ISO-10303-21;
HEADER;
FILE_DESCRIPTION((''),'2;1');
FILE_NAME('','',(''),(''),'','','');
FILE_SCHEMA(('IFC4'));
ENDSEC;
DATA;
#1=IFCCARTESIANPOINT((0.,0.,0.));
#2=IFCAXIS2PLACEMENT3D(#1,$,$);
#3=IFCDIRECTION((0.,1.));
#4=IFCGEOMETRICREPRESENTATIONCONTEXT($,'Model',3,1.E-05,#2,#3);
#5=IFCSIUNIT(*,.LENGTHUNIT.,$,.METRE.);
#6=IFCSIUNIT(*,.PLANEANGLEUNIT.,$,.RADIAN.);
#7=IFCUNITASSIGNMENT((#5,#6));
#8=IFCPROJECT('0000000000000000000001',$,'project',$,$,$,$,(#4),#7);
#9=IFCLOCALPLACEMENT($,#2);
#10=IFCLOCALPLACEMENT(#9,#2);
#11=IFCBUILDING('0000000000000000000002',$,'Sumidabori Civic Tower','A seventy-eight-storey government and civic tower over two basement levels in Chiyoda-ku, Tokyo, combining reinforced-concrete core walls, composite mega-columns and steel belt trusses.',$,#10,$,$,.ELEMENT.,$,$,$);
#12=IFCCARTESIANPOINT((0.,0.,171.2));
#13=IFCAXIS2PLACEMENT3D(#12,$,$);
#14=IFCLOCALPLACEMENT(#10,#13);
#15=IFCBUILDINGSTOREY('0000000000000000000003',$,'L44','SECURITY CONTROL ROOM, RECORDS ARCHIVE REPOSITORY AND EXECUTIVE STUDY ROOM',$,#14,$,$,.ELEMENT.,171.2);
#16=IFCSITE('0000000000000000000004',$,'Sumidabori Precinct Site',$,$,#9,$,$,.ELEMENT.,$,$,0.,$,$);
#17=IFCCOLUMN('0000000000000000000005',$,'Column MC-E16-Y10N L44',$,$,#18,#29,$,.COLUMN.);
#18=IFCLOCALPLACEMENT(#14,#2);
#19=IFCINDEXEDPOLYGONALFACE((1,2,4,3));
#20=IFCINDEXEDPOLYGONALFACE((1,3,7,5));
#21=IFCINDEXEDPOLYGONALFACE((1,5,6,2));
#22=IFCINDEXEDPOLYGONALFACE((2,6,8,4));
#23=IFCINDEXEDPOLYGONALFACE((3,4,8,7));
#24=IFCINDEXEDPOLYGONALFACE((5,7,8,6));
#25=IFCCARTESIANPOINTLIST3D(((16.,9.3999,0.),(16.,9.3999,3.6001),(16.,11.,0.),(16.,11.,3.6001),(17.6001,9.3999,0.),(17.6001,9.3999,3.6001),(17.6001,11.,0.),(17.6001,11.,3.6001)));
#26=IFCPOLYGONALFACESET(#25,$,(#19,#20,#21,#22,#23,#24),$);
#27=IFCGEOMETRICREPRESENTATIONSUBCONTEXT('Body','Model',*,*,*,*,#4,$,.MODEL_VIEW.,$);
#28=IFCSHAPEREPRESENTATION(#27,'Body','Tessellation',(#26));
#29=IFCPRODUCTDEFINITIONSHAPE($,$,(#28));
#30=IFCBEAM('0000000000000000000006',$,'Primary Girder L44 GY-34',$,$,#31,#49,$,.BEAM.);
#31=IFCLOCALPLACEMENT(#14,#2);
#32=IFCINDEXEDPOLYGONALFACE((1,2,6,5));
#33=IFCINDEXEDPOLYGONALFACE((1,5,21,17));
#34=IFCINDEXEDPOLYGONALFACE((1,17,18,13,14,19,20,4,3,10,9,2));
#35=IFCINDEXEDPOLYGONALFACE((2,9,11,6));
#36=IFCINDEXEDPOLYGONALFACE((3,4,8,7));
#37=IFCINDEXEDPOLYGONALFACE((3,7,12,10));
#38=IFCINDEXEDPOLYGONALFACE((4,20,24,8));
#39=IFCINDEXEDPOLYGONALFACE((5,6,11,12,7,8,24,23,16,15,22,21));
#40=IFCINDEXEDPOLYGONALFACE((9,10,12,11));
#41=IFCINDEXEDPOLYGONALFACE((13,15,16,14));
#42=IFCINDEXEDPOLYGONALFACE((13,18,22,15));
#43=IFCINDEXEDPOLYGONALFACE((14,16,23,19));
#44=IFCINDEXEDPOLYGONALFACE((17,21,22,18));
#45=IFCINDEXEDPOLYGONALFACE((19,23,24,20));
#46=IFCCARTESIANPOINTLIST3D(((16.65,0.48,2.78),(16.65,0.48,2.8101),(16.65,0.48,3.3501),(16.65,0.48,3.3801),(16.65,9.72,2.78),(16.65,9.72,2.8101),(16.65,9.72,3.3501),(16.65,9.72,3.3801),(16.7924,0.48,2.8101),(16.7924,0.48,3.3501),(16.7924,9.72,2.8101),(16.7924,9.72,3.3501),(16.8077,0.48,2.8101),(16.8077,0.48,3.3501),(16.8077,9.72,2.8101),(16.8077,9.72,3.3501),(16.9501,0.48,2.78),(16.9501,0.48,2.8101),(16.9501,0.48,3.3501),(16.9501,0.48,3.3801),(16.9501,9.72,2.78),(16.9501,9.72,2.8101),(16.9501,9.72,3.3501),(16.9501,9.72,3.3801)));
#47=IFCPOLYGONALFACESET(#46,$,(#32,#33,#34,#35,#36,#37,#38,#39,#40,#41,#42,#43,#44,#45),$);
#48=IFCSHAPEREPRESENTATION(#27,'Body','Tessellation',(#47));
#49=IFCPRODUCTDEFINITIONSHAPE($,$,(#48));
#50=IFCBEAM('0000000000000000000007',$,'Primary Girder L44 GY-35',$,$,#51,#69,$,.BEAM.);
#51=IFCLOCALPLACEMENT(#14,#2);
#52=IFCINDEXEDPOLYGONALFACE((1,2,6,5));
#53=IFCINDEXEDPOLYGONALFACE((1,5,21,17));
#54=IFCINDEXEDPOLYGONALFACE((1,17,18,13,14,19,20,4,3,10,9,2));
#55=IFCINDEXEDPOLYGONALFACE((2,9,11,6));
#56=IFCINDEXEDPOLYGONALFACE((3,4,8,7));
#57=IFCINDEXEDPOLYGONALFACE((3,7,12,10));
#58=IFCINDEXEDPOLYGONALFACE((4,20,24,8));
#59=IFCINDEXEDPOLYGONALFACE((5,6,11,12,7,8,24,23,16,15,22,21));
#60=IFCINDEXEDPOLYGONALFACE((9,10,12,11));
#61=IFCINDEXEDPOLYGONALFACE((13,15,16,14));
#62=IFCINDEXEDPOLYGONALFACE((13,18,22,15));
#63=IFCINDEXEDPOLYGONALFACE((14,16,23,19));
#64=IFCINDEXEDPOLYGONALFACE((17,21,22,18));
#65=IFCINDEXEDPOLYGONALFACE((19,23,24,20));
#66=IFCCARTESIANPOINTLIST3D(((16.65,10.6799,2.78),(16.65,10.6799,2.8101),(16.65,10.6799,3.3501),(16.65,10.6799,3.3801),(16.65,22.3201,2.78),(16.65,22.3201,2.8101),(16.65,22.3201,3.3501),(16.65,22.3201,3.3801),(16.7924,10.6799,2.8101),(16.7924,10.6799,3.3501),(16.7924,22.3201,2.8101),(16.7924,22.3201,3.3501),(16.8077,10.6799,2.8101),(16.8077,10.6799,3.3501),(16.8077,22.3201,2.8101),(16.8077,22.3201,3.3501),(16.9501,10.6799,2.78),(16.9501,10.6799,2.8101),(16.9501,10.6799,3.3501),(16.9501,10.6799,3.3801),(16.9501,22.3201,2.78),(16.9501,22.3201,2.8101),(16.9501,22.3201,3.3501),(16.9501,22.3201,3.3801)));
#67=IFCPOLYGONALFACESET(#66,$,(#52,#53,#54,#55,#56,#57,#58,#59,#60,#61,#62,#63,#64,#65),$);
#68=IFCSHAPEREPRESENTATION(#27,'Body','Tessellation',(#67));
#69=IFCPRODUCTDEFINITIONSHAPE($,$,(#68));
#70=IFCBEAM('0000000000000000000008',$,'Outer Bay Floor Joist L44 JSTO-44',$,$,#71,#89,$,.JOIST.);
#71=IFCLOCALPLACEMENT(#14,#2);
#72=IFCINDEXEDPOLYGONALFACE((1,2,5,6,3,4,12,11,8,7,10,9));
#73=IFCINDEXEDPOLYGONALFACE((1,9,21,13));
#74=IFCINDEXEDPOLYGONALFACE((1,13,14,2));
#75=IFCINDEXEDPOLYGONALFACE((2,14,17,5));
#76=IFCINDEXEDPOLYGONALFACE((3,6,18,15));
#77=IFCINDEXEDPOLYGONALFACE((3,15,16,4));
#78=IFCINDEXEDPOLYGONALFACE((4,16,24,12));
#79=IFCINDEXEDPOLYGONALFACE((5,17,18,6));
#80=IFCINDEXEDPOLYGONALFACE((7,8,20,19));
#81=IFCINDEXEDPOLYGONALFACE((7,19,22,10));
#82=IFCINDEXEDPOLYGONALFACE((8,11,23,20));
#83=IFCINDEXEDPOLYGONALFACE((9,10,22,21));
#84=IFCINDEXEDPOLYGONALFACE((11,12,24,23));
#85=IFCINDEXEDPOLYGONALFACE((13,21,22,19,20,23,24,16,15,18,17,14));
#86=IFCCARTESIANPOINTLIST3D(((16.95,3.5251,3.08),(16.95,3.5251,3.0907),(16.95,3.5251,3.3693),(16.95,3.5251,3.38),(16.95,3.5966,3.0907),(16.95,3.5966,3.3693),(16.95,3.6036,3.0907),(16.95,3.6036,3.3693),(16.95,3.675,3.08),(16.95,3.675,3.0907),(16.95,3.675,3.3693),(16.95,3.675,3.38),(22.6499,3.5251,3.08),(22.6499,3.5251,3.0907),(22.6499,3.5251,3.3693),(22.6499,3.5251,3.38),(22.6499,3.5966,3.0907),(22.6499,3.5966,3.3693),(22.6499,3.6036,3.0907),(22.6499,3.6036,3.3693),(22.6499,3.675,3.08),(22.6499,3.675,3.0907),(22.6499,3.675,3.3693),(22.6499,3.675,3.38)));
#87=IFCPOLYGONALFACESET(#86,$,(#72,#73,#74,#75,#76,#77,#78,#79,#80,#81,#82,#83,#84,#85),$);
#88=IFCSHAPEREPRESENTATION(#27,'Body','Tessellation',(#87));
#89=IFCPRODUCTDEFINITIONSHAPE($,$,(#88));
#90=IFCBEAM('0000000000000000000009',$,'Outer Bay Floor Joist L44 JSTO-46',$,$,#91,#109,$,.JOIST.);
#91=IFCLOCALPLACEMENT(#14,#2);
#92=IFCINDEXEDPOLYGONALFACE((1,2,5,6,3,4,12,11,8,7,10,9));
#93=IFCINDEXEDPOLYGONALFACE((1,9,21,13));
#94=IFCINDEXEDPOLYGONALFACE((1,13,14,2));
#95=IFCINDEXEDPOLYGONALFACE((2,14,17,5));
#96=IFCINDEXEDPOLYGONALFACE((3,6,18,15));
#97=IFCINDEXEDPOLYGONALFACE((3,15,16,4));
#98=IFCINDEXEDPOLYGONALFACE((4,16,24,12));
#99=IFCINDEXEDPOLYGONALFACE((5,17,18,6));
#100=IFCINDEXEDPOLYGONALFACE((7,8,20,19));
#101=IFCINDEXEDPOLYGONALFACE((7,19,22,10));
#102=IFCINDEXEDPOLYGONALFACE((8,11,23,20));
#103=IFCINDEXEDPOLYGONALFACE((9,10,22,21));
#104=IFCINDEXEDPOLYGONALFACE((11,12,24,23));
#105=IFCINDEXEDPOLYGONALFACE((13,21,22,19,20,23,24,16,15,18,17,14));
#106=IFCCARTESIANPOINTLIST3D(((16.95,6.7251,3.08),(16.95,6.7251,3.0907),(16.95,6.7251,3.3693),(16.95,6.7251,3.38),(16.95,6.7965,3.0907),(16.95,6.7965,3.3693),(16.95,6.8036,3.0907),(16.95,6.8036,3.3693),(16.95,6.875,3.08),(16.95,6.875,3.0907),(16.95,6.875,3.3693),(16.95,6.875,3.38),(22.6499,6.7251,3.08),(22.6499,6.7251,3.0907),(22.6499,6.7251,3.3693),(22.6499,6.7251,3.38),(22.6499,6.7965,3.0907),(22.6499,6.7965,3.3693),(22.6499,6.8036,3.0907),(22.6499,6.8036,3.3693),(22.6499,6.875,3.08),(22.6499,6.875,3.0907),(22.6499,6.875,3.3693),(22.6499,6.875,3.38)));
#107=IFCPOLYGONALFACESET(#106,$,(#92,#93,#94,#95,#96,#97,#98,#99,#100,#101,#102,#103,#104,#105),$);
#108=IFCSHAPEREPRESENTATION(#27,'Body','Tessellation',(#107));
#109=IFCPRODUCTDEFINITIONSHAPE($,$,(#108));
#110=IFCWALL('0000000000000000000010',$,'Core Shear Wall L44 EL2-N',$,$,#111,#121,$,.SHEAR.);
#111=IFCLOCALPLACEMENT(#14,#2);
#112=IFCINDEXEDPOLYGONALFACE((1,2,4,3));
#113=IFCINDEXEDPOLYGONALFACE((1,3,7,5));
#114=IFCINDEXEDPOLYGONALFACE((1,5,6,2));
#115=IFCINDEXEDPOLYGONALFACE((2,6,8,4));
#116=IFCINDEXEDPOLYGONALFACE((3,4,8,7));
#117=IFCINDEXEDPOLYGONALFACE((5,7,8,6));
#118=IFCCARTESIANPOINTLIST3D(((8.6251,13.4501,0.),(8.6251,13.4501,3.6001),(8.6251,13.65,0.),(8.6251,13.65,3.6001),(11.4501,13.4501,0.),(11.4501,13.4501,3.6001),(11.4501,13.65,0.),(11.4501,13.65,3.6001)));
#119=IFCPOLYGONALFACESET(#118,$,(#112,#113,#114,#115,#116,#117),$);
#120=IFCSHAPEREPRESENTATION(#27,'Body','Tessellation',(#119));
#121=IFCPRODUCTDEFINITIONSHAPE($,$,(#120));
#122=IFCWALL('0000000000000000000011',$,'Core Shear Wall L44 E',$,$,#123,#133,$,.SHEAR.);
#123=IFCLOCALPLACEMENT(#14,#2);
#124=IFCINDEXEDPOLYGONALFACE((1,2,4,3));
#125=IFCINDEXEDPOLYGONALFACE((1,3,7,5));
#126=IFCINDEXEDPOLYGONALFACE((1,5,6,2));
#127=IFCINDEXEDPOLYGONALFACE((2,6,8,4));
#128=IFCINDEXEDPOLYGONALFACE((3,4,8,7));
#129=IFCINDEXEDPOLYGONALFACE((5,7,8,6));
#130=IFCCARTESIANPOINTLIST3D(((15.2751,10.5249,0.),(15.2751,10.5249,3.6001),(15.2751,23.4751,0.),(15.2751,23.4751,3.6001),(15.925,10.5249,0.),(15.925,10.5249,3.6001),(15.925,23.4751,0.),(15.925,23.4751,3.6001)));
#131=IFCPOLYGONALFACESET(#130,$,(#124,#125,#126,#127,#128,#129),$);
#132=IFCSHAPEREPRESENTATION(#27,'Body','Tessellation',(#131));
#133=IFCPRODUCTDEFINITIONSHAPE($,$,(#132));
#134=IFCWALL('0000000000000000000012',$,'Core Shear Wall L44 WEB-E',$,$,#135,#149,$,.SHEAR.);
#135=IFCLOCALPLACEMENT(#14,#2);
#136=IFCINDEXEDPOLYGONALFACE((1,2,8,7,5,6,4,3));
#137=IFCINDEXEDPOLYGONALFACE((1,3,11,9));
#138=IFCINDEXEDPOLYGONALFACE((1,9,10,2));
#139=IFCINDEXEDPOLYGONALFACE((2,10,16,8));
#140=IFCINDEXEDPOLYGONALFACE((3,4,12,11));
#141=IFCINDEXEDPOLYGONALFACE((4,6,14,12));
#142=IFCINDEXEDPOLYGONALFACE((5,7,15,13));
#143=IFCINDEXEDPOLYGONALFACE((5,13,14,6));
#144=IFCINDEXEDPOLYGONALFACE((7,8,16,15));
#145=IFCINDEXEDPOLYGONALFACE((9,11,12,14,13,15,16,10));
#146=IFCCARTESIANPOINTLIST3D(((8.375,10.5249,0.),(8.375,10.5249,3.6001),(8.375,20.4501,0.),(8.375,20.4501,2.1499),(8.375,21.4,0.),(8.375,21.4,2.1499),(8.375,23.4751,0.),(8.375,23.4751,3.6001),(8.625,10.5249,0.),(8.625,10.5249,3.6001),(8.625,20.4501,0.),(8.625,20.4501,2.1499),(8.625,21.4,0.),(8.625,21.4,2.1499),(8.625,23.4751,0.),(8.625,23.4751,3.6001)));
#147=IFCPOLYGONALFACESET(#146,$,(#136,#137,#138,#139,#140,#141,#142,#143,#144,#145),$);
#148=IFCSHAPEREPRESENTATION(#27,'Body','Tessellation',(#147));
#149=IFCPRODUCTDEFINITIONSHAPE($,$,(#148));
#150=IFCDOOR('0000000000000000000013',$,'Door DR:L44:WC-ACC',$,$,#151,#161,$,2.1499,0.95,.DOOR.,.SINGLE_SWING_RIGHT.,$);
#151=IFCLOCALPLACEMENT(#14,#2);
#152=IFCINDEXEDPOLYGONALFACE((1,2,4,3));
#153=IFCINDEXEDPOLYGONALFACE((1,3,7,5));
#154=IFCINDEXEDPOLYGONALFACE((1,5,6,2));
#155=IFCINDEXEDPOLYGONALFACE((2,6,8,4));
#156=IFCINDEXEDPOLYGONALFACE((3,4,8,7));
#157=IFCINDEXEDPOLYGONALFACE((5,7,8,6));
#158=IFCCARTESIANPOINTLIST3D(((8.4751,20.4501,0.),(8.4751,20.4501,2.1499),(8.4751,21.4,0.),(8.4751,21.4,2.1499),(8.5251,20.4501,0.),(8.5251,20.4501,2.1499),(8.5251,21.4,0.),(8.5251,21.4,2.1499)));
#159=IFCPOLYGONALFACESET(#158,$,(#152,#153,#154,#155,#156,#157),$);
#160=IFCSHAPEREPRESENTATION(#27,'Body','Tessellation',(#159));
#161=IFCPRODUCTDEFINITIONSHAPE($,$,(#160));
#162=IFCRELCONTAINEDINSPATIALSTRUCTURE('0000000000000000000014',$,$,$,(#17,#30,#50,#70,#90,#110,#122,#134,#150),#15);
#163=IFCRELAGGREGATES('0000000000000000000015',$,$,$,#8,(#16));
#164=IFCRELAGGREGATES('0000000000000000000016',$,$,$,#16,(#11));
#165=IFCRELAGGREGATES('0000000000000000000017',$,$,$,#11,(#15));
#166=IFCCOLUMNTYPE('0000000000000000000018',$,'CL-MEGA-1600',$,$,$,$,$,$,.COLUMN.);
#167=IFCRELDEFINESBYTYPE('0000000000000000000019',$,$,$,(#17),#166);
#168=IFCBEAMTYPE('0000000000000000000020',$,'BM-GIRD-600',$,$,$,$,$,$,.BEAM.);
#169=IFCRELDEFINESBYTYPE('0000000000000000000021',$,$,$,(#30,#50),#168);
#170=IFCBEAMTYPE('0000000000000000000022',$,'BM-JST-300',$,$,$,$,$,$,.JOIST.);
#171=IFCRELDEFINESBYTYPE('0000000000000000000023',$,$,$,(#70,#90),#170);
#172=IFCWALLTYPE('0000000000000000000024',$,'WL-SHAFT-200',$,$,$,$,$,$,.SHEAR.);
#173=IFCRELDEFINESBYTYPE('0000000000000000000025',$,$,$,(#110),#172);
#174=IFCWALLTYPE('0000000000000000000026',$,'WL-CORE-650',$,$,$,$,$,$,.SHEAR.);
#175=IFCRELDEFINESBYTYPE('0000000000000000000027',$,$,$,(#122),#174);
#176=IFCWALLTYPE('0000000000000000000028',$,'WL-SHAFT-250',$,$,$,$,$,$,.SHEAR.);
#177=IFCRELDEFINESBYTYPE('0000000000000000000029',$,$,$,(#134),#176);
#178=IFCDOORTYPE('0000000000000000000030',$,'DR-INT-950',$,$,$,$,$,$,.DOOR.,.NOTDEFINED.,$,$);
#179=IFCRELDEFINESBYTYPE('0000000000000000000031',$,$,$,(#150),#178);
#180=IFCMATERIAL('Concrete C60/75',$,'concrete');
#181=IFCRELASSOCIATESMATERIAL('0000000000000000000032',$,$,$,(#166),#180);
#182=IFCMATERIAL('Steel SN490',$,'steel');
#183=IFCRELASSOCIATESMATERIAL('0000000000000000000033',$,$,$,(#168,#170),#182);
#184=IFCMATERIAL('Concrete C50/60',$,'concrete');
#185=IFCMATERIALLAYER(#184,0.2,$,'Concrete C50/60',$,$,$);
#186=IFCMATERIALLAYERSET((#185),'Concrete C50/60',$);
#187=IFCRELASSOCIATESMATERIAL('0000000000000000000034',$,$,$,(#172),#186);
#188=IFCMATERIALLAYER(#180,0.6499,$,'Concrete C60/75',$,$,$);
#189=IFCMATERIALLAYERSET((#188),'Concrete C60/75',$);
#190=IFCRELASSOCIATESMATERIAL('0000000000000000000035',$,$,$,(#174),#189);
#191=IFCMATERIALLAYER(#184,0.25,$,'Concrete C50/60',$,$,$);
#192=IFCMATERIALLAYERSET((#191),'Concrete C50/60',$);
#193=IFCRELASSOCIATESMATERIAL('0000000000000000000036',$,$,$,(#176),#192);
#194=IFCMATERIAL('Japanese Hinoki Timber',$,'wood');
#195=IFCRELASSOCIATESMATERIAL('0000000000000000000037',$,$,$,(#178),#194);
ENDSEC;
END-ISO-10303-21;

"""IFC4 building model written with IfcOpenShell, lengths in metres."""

from ifc_helpers import new_model, si_unit, direction, frame, frame_2d, origin, origin_2d, place, context, subcontext, project, spatial, rectangle, i_section, extrude, source, transform, mapped, material, layer, layer_set, material_profile, profile_set, type_object, element, fill, save


model = new_model("IFC4")

# Units and contexts
model_context = context("Model", 3, precision=1e-05, world=origin(), true_north=direction((0.0, 1.0)))
body_context = subcontext(model_context, "Body", "Model", "MODEL_VIEW")
ifc_project = project(units=[si_unit("LENGTHUNIT", "METRE"), si_unit("PLANEANGLEUNIT", "RADIAN")], contexts=[model_context])

# Site, building, storey
site_placement = place(None, origin())
site = spatial("IfcSite", under=ifc_project, at=site_placement, Name="Sumidabori Precinct Site", CompositionType="ELEMENT", RefElevation=0.0)
building_placement = place(site_placement, origin())
building = spatial("IfcBuilding", under=site, at=building_placement, Name="Sumidabori Civic Tower", Description="A seventy-eight-storey government and civic tower over two basement levels in Chiyoda-ku, Tokyo, combining reinforced-concrete core walls, composite mega-columns and steel belt trusses.", CompositionType="ELEMENT")
storey_placement = place(building_placement, frame((0.0, 0.0, 171.2)))
storey = spatial("IfcBuildingStorey", under=building, at=storey_placement, Name="L44", Description="SECURITY CONTROL ROOM, RECORDS ARCHIVE REPOSITORY AND EXECUTIVE STUDY ROOM", CompositionType="ELEMENT", Elevation=171.2)

# Column
ifc_material_1 = material(Name="Concrete C60/75", Category="concrete")
ifc_material_profile_1 = material_profile(ifc_material_1, rectangle(XDim=1.6001, YDim=1.6001, at=origin_2d()), Name="RC 1600x1600")
ifc_profile_set_1 = profile_set([ifc_material_profile_1], Name="Concrete C60/75")
column_type = type_object("IfcColumnType", Name="CL-MEGA-1600", PredefinedType="COLUMN", material=ifc_profile_set_1)
shared_shape_1 = source(origin(), body_context, "Body", "SweptSolid", [
    extrude(rectangle(XDim=1.6001, YDim=1.6001, at=origin_2d()), origin(), (0.0, 0.0, 1.0), 3.6001),
])
column_placement = place(storey_placement, frame((16.8, 10.2, 0.0), z_axis=(0.0, 0.0, 1.0), x_axis=(1.0, 0.0, 0.0)))
element("IfcColumn", 1, at=column_placement, inside=storey, type_object=column_type, Name="Column MC-E16-Y10N L44", PredefinedType="COLUMN", context=body_context, shape_type="MappedRepresentation", body=[
    mapped(shared_shape_1, transform((0.0, 0.0, 0.0), x_axis=(1.0, 0.0, 0.0), y_axis=(0.0, 1.0, 0.0), z_axis=(0.0, 0.0, 1.0), scale=1.0)),
])

# Beams
ifc_material_2 = material(Name="Steel SN490", Category="steel")
ifc_material_profile_2 = material_profile(ifc_material_2, i_section(OverallWidth=0.3, OverallDepth=0.6001, WebThickness=0.0154, FlangeThickness=0.03, at=origin_2d()), Name="HE 600 B")
ifc_profile_set_2 = profile_set([ifc_material_profile_2], Name="Steel SN490")
beam_type_1 = type_object("IfcBeamType", Name="BM-GIRD-600", PredefinedType="BEAM", material=ifc_profile_set_2)
shared_shape_2 = source(origin(), body_context, "Body", "SweptSolid", [
    extrude(i_section(OverallWidth=0.3, OverallDepth=0.6001, WebThickness=0.0154, FlangeThickness=0.03, at=origin_2d()), origin(), (0.0, 0.0, 1.0), 9.24),
])
beam_1_placement = place(storey_placement, frame((16.8, 0.48, 3.0801), z_axis=(0.0, 1.0, 0.0), x_axis=(-1.0, 0.0, 0.0)))
element("IfcBeam", 2, at=beam_1_placement, inside=storey, type_object=beam_type_1, Name="Primary Girder L44 GY-34", PredefinedType="BEAM", context=body_context, shape_type="MappedRepresentation", body=[
    mapped(shared_shape_2, transform((0.0, 0.0, 0.0), x_axis=(1.0, 0.0, 0.0), y_axis=(0.0, 1.0, 0.0), z_axis=(0.0, 0.0, 1.0), scale=1.0)),
])
shared_shape_3 = source(origin(), body_context, "Body", "SweptSolid", [
    extrude(i_section(OverallWidth=0.3, OverallDepth=0.6001, WebThickness=0.0154, FlangeThickness=0.03, at=origin_2d()), origin(), (0.0, 0.0, 1.0), 11.6401),
])
beam_2_placement = place(storey_placement, frame((16.8, 10.6799, 3.0801), z_axis=(0.0, 1.0, 0.0), x_axis=(-1.0, 0.0, 0.0)))
element("IfcBeam", 3, at=beam_2_placement, inside=storey, type_object=beam_type_1, Name="Primary Girder L44 GY-35", PredefinedType="BEAM", context=body_context, shape_type="MappedRepresentation", body=[
    mapped(shared_shape_3, transform((0.0, 0.0, 0.0), x_axis=(1.0, 0.0, 0.0), y_axis=(0.0, 1.0, 0.0), z_axis=(0.0, 0.0, 1.0), scale=1.0)),
])
ifc_material_profile_3 = material_profile(ifc_material_2, i_section(OverallWidth=0.1499, OverallDepth=0.3, WebThickness=0.0071, FlangeThickness=0.0107, at=origin_2d()), Name="IPE 300")
ifc_profile_set_3 = profile_set([ifc_material_profile_3], Name="Steel SN490")
beam_type_2 = type_object("IfcBeamType", Name="BM-JST-300", PredefinedType="JOIST", material=ifc_profile_set_3)
shared_shape_4 = source(origin(), body_context, "Body", "SweptSolid", [
    extrude(i_section(OverallWidth=0.1499, OverallDepth=0.3, WebThickness=0.0071, FlangeThickness=0.0107, at=origin_2d()), origin(), (0.0, 0.0, 1.0), 5.7),
])
for number, where, z_axis, x_axis, name in (
    (4, (16.95, 3.6001, 3.23), (1.0, 0.0, 0.0), (0.0, 1.0, 0.0), "Outer Bay Floor Joist L44 JSTO-44"),
    (5, (16.95, 6.8, 3.23), (1.0, 0.0, 0.0), (0.0, 1.0, 0.0), "Outer Bay Floor Joist L44 JSTO-46"),
):
    element("IfcBeam", number, at=place(storey_placement, frame(where, z_axis=z_axis, x_axis=x_axis)), inside=storey, type_object=beam_type_2, Name=name, PredefinedType="JOIST", context=body_context, shape_type="MappedRepresentation", body=[
        mapped(shared_shape_4, transform((0.0, 0.0, 0.0), x_axis=(1.0, 0.0, 0.0), y_axis=(0.0, 1.0, 0.0), z_axis=(0.0, 0.0, 1.0), scale=1.0)),
    ])

# Walls
ifc_material_3 = material(Name="Concrete C50/60", Category="concrete")
ifc_layer_1 = layer(ifc_material_3, 0.2, Name="Concrete C50/60")
ifc_layer_set_1 = layer_set([ifc_layer_1], Name="Concrete C50/60")
wall_type_1 = type_object("IfcWallType", Name="WL-SHAFT-200", PredefinedType="SHEAR", material=ifc_layer_set_1)
shared_shape_5 = source(origin(), body_context, "Body", "SweptSolid", [
    extrude(rectangle(XDim=2.825, YDim=0.2, at=frame_2d((1.4126, 0.0))), origin(), (0.0, 0.0, 1.0), 3.6001),
])
wall_1_placement = place(storey_placement, frame((8.625, 13.55, 0.0), z_axis=(0.0, 0.0, 1.0), x_axis=(1.0, 0.0, 0.0)))
element("IfcWall", 6, at=wall_1_placement, inside=storey, type_object=wall_type_1, Name="Core Shear Wall L44 EL2-N", PredefinedType="SHEAR", context=body_context, shape_type="MappedRepresentation", body=[
    mapped(shared_shape_5, transform((0.0, 0.0, 0.0), x_axis=(1.0, 0.0, 0.0), y_axis=(0.0, 1.0, 0.0), z_axis=(0.0, 0.0, 1.0), scale=1.0)),
])
ifc_layer_2 = layer(ifc_material_1, 0.6499, Name="Concrete C60/75")
ifc_layer_set_2 = layer_set([ifc_layer_2], Name="Concrete C60/75")
wall_type_2 = type_object("IfcWallType", Name="WL-CORE-650", PredefinedType="SHEAR", material=ifc_layer_set_2)
shared_shape_6 = source(origin(), body_context, "Body", "SweptSolid", [
    extrude(rectangle(XDim=12.9502, YDim=0.6499, at=frame_2d((6.4751, 0.0))), origin(), (0.0, 0.0, 1.0), 3.6001),
])
wall_2_placement = place(storey_placement, frame((15.6001, 10.5249, 0.0), z_axis=(0.0, 0.0, 1.0), x_axis=(0.0, 1.0, 0.0)))
element("IfcWall", 7, at=wall_2_placement, inside=storey, type_object=wall_type_2, Name="Core Shear Wall L44 E", PredefinedType="SHEAR", context=body_context, shape_type="MappedRepresentation", body=[
    mapped(shared_shape_6, transform((0.0, 0.0, 0.0), x_axis=(1.0, 0.0, 0.0), y_axis=(0.0, 1.0, 0.0), z_axis=(0.0, 0.0, 1.0), scale=1.0)),
])

# Wall, opening, door
ifc_layer_3 = layer(ifc_material_3, 0.25, Name="Concrete C50/60")
ifc_layer_set_3 = layer_set([ifc_layer_3], Name="Concrete C50/60")
wall_type_3 = type_object("IfcWallType", Name="WL-SHAFT-250", PredefinedType="SHEAR", material=ifc_layer_set_3)
shared_shape_7 = source(origin(), body_context, "Body", "SweptSolid", [
    extrude(rectangle(XDim=12.9502, YDim=0.25, at=frame_2d((6.4751, 0.0))), origin(), (0.0, 0.0, 1.0), 3.6001),
])
wall_3_placement = place(storey_placement, frame((8.5, 10.5249, 0.0), z_axis=(0.0, 0.0, 1.0), x_axis=(0.0, 1.0, 0.0)))
wall_3 = element("IfcWall", 8, at=wall_3_placement, inside=storey, type_object=wall_type_3, Name="Core Shear Wall L44 WEB-E", PredefinedType="SHEAR", context=body_context, shape_type="MappedRepresentation", body=[
    mapped(shared_shape_7, transform((0.0, 0.0, 0.0), x_axis=(1.0, 0.0, 0.0), y_axis=(0.0, 1.0, 0.0), z_axis=(0.0, 0.0, 1.0), scale=1.0)),
])
opening_1_placement = place(wall_3_placement, frame((9.925, 0.0, 0.0)))
opening_1 = element("IfcOpeningElement", 9, at=opening_1_placement, cuts=wall_3, PredefinedType="OPENING", context=body_context, shape_type="SweptSolid", body=[
    extrude(rectangle(XDim=0.95, YDim=2.1499, at=frame_2d((0.4751, 1.075))), frame((0.0, 0.137, 0.0), z_axis=(0.0, -1.0, 0.0), x_axis=(1.0, 0.0, 0.0)), (0.0, 0.0, 1.0), 0.2739),
])
ifc_material_4 = material(Name="Japanese Hinoki Timber", Category="wood")
door_type_1 = type_object("IfcDoorType", Name="DR-INT-950", OperationType="NOTDEFINED", PredefinedType="DOOR", material=ifc_material_4)
shared_shape_8 = source(origin(), body_context, "Body", "SweptSolid", [
    extrude(rectangle(XDim=0.95, YDim=2.1499, at=frame_2d((0.4751, 1.075))), frame((0.0, 0.0249, 0.0), z_axis=(0.0, -1.0, 0.0), x_axis=(1.0, 0.0, 0.0)), (0.0, 0.0, 1.0), 0.05),
])
door_1_placement = place(opening_1_placement, origin())
door_1 = element("IfcDoor", 10, at=door_1_placement, inside=storey, type_object=door_type_1, Name="Door DR:L44:WC-ACC", OperationType="SINGLE_SWING_RIGHT", OverallHeight=2.1499, OverallWidth=0.95, PredefinedType="DOOR", context=body_context, shape_type="MappedRepresentation", body=[
    mapped(shared_shape_8, transform((0.0, 0.0, 0.0), x_axis=(1.0, 0.0, 0.0), y_axis=(0.0, 1.0, 0.0), z_axis=(0.0, 0.0, 1.0), scale=1.0)),
])
fill(opening_1, door_1)

save(model, "model.ifc")
